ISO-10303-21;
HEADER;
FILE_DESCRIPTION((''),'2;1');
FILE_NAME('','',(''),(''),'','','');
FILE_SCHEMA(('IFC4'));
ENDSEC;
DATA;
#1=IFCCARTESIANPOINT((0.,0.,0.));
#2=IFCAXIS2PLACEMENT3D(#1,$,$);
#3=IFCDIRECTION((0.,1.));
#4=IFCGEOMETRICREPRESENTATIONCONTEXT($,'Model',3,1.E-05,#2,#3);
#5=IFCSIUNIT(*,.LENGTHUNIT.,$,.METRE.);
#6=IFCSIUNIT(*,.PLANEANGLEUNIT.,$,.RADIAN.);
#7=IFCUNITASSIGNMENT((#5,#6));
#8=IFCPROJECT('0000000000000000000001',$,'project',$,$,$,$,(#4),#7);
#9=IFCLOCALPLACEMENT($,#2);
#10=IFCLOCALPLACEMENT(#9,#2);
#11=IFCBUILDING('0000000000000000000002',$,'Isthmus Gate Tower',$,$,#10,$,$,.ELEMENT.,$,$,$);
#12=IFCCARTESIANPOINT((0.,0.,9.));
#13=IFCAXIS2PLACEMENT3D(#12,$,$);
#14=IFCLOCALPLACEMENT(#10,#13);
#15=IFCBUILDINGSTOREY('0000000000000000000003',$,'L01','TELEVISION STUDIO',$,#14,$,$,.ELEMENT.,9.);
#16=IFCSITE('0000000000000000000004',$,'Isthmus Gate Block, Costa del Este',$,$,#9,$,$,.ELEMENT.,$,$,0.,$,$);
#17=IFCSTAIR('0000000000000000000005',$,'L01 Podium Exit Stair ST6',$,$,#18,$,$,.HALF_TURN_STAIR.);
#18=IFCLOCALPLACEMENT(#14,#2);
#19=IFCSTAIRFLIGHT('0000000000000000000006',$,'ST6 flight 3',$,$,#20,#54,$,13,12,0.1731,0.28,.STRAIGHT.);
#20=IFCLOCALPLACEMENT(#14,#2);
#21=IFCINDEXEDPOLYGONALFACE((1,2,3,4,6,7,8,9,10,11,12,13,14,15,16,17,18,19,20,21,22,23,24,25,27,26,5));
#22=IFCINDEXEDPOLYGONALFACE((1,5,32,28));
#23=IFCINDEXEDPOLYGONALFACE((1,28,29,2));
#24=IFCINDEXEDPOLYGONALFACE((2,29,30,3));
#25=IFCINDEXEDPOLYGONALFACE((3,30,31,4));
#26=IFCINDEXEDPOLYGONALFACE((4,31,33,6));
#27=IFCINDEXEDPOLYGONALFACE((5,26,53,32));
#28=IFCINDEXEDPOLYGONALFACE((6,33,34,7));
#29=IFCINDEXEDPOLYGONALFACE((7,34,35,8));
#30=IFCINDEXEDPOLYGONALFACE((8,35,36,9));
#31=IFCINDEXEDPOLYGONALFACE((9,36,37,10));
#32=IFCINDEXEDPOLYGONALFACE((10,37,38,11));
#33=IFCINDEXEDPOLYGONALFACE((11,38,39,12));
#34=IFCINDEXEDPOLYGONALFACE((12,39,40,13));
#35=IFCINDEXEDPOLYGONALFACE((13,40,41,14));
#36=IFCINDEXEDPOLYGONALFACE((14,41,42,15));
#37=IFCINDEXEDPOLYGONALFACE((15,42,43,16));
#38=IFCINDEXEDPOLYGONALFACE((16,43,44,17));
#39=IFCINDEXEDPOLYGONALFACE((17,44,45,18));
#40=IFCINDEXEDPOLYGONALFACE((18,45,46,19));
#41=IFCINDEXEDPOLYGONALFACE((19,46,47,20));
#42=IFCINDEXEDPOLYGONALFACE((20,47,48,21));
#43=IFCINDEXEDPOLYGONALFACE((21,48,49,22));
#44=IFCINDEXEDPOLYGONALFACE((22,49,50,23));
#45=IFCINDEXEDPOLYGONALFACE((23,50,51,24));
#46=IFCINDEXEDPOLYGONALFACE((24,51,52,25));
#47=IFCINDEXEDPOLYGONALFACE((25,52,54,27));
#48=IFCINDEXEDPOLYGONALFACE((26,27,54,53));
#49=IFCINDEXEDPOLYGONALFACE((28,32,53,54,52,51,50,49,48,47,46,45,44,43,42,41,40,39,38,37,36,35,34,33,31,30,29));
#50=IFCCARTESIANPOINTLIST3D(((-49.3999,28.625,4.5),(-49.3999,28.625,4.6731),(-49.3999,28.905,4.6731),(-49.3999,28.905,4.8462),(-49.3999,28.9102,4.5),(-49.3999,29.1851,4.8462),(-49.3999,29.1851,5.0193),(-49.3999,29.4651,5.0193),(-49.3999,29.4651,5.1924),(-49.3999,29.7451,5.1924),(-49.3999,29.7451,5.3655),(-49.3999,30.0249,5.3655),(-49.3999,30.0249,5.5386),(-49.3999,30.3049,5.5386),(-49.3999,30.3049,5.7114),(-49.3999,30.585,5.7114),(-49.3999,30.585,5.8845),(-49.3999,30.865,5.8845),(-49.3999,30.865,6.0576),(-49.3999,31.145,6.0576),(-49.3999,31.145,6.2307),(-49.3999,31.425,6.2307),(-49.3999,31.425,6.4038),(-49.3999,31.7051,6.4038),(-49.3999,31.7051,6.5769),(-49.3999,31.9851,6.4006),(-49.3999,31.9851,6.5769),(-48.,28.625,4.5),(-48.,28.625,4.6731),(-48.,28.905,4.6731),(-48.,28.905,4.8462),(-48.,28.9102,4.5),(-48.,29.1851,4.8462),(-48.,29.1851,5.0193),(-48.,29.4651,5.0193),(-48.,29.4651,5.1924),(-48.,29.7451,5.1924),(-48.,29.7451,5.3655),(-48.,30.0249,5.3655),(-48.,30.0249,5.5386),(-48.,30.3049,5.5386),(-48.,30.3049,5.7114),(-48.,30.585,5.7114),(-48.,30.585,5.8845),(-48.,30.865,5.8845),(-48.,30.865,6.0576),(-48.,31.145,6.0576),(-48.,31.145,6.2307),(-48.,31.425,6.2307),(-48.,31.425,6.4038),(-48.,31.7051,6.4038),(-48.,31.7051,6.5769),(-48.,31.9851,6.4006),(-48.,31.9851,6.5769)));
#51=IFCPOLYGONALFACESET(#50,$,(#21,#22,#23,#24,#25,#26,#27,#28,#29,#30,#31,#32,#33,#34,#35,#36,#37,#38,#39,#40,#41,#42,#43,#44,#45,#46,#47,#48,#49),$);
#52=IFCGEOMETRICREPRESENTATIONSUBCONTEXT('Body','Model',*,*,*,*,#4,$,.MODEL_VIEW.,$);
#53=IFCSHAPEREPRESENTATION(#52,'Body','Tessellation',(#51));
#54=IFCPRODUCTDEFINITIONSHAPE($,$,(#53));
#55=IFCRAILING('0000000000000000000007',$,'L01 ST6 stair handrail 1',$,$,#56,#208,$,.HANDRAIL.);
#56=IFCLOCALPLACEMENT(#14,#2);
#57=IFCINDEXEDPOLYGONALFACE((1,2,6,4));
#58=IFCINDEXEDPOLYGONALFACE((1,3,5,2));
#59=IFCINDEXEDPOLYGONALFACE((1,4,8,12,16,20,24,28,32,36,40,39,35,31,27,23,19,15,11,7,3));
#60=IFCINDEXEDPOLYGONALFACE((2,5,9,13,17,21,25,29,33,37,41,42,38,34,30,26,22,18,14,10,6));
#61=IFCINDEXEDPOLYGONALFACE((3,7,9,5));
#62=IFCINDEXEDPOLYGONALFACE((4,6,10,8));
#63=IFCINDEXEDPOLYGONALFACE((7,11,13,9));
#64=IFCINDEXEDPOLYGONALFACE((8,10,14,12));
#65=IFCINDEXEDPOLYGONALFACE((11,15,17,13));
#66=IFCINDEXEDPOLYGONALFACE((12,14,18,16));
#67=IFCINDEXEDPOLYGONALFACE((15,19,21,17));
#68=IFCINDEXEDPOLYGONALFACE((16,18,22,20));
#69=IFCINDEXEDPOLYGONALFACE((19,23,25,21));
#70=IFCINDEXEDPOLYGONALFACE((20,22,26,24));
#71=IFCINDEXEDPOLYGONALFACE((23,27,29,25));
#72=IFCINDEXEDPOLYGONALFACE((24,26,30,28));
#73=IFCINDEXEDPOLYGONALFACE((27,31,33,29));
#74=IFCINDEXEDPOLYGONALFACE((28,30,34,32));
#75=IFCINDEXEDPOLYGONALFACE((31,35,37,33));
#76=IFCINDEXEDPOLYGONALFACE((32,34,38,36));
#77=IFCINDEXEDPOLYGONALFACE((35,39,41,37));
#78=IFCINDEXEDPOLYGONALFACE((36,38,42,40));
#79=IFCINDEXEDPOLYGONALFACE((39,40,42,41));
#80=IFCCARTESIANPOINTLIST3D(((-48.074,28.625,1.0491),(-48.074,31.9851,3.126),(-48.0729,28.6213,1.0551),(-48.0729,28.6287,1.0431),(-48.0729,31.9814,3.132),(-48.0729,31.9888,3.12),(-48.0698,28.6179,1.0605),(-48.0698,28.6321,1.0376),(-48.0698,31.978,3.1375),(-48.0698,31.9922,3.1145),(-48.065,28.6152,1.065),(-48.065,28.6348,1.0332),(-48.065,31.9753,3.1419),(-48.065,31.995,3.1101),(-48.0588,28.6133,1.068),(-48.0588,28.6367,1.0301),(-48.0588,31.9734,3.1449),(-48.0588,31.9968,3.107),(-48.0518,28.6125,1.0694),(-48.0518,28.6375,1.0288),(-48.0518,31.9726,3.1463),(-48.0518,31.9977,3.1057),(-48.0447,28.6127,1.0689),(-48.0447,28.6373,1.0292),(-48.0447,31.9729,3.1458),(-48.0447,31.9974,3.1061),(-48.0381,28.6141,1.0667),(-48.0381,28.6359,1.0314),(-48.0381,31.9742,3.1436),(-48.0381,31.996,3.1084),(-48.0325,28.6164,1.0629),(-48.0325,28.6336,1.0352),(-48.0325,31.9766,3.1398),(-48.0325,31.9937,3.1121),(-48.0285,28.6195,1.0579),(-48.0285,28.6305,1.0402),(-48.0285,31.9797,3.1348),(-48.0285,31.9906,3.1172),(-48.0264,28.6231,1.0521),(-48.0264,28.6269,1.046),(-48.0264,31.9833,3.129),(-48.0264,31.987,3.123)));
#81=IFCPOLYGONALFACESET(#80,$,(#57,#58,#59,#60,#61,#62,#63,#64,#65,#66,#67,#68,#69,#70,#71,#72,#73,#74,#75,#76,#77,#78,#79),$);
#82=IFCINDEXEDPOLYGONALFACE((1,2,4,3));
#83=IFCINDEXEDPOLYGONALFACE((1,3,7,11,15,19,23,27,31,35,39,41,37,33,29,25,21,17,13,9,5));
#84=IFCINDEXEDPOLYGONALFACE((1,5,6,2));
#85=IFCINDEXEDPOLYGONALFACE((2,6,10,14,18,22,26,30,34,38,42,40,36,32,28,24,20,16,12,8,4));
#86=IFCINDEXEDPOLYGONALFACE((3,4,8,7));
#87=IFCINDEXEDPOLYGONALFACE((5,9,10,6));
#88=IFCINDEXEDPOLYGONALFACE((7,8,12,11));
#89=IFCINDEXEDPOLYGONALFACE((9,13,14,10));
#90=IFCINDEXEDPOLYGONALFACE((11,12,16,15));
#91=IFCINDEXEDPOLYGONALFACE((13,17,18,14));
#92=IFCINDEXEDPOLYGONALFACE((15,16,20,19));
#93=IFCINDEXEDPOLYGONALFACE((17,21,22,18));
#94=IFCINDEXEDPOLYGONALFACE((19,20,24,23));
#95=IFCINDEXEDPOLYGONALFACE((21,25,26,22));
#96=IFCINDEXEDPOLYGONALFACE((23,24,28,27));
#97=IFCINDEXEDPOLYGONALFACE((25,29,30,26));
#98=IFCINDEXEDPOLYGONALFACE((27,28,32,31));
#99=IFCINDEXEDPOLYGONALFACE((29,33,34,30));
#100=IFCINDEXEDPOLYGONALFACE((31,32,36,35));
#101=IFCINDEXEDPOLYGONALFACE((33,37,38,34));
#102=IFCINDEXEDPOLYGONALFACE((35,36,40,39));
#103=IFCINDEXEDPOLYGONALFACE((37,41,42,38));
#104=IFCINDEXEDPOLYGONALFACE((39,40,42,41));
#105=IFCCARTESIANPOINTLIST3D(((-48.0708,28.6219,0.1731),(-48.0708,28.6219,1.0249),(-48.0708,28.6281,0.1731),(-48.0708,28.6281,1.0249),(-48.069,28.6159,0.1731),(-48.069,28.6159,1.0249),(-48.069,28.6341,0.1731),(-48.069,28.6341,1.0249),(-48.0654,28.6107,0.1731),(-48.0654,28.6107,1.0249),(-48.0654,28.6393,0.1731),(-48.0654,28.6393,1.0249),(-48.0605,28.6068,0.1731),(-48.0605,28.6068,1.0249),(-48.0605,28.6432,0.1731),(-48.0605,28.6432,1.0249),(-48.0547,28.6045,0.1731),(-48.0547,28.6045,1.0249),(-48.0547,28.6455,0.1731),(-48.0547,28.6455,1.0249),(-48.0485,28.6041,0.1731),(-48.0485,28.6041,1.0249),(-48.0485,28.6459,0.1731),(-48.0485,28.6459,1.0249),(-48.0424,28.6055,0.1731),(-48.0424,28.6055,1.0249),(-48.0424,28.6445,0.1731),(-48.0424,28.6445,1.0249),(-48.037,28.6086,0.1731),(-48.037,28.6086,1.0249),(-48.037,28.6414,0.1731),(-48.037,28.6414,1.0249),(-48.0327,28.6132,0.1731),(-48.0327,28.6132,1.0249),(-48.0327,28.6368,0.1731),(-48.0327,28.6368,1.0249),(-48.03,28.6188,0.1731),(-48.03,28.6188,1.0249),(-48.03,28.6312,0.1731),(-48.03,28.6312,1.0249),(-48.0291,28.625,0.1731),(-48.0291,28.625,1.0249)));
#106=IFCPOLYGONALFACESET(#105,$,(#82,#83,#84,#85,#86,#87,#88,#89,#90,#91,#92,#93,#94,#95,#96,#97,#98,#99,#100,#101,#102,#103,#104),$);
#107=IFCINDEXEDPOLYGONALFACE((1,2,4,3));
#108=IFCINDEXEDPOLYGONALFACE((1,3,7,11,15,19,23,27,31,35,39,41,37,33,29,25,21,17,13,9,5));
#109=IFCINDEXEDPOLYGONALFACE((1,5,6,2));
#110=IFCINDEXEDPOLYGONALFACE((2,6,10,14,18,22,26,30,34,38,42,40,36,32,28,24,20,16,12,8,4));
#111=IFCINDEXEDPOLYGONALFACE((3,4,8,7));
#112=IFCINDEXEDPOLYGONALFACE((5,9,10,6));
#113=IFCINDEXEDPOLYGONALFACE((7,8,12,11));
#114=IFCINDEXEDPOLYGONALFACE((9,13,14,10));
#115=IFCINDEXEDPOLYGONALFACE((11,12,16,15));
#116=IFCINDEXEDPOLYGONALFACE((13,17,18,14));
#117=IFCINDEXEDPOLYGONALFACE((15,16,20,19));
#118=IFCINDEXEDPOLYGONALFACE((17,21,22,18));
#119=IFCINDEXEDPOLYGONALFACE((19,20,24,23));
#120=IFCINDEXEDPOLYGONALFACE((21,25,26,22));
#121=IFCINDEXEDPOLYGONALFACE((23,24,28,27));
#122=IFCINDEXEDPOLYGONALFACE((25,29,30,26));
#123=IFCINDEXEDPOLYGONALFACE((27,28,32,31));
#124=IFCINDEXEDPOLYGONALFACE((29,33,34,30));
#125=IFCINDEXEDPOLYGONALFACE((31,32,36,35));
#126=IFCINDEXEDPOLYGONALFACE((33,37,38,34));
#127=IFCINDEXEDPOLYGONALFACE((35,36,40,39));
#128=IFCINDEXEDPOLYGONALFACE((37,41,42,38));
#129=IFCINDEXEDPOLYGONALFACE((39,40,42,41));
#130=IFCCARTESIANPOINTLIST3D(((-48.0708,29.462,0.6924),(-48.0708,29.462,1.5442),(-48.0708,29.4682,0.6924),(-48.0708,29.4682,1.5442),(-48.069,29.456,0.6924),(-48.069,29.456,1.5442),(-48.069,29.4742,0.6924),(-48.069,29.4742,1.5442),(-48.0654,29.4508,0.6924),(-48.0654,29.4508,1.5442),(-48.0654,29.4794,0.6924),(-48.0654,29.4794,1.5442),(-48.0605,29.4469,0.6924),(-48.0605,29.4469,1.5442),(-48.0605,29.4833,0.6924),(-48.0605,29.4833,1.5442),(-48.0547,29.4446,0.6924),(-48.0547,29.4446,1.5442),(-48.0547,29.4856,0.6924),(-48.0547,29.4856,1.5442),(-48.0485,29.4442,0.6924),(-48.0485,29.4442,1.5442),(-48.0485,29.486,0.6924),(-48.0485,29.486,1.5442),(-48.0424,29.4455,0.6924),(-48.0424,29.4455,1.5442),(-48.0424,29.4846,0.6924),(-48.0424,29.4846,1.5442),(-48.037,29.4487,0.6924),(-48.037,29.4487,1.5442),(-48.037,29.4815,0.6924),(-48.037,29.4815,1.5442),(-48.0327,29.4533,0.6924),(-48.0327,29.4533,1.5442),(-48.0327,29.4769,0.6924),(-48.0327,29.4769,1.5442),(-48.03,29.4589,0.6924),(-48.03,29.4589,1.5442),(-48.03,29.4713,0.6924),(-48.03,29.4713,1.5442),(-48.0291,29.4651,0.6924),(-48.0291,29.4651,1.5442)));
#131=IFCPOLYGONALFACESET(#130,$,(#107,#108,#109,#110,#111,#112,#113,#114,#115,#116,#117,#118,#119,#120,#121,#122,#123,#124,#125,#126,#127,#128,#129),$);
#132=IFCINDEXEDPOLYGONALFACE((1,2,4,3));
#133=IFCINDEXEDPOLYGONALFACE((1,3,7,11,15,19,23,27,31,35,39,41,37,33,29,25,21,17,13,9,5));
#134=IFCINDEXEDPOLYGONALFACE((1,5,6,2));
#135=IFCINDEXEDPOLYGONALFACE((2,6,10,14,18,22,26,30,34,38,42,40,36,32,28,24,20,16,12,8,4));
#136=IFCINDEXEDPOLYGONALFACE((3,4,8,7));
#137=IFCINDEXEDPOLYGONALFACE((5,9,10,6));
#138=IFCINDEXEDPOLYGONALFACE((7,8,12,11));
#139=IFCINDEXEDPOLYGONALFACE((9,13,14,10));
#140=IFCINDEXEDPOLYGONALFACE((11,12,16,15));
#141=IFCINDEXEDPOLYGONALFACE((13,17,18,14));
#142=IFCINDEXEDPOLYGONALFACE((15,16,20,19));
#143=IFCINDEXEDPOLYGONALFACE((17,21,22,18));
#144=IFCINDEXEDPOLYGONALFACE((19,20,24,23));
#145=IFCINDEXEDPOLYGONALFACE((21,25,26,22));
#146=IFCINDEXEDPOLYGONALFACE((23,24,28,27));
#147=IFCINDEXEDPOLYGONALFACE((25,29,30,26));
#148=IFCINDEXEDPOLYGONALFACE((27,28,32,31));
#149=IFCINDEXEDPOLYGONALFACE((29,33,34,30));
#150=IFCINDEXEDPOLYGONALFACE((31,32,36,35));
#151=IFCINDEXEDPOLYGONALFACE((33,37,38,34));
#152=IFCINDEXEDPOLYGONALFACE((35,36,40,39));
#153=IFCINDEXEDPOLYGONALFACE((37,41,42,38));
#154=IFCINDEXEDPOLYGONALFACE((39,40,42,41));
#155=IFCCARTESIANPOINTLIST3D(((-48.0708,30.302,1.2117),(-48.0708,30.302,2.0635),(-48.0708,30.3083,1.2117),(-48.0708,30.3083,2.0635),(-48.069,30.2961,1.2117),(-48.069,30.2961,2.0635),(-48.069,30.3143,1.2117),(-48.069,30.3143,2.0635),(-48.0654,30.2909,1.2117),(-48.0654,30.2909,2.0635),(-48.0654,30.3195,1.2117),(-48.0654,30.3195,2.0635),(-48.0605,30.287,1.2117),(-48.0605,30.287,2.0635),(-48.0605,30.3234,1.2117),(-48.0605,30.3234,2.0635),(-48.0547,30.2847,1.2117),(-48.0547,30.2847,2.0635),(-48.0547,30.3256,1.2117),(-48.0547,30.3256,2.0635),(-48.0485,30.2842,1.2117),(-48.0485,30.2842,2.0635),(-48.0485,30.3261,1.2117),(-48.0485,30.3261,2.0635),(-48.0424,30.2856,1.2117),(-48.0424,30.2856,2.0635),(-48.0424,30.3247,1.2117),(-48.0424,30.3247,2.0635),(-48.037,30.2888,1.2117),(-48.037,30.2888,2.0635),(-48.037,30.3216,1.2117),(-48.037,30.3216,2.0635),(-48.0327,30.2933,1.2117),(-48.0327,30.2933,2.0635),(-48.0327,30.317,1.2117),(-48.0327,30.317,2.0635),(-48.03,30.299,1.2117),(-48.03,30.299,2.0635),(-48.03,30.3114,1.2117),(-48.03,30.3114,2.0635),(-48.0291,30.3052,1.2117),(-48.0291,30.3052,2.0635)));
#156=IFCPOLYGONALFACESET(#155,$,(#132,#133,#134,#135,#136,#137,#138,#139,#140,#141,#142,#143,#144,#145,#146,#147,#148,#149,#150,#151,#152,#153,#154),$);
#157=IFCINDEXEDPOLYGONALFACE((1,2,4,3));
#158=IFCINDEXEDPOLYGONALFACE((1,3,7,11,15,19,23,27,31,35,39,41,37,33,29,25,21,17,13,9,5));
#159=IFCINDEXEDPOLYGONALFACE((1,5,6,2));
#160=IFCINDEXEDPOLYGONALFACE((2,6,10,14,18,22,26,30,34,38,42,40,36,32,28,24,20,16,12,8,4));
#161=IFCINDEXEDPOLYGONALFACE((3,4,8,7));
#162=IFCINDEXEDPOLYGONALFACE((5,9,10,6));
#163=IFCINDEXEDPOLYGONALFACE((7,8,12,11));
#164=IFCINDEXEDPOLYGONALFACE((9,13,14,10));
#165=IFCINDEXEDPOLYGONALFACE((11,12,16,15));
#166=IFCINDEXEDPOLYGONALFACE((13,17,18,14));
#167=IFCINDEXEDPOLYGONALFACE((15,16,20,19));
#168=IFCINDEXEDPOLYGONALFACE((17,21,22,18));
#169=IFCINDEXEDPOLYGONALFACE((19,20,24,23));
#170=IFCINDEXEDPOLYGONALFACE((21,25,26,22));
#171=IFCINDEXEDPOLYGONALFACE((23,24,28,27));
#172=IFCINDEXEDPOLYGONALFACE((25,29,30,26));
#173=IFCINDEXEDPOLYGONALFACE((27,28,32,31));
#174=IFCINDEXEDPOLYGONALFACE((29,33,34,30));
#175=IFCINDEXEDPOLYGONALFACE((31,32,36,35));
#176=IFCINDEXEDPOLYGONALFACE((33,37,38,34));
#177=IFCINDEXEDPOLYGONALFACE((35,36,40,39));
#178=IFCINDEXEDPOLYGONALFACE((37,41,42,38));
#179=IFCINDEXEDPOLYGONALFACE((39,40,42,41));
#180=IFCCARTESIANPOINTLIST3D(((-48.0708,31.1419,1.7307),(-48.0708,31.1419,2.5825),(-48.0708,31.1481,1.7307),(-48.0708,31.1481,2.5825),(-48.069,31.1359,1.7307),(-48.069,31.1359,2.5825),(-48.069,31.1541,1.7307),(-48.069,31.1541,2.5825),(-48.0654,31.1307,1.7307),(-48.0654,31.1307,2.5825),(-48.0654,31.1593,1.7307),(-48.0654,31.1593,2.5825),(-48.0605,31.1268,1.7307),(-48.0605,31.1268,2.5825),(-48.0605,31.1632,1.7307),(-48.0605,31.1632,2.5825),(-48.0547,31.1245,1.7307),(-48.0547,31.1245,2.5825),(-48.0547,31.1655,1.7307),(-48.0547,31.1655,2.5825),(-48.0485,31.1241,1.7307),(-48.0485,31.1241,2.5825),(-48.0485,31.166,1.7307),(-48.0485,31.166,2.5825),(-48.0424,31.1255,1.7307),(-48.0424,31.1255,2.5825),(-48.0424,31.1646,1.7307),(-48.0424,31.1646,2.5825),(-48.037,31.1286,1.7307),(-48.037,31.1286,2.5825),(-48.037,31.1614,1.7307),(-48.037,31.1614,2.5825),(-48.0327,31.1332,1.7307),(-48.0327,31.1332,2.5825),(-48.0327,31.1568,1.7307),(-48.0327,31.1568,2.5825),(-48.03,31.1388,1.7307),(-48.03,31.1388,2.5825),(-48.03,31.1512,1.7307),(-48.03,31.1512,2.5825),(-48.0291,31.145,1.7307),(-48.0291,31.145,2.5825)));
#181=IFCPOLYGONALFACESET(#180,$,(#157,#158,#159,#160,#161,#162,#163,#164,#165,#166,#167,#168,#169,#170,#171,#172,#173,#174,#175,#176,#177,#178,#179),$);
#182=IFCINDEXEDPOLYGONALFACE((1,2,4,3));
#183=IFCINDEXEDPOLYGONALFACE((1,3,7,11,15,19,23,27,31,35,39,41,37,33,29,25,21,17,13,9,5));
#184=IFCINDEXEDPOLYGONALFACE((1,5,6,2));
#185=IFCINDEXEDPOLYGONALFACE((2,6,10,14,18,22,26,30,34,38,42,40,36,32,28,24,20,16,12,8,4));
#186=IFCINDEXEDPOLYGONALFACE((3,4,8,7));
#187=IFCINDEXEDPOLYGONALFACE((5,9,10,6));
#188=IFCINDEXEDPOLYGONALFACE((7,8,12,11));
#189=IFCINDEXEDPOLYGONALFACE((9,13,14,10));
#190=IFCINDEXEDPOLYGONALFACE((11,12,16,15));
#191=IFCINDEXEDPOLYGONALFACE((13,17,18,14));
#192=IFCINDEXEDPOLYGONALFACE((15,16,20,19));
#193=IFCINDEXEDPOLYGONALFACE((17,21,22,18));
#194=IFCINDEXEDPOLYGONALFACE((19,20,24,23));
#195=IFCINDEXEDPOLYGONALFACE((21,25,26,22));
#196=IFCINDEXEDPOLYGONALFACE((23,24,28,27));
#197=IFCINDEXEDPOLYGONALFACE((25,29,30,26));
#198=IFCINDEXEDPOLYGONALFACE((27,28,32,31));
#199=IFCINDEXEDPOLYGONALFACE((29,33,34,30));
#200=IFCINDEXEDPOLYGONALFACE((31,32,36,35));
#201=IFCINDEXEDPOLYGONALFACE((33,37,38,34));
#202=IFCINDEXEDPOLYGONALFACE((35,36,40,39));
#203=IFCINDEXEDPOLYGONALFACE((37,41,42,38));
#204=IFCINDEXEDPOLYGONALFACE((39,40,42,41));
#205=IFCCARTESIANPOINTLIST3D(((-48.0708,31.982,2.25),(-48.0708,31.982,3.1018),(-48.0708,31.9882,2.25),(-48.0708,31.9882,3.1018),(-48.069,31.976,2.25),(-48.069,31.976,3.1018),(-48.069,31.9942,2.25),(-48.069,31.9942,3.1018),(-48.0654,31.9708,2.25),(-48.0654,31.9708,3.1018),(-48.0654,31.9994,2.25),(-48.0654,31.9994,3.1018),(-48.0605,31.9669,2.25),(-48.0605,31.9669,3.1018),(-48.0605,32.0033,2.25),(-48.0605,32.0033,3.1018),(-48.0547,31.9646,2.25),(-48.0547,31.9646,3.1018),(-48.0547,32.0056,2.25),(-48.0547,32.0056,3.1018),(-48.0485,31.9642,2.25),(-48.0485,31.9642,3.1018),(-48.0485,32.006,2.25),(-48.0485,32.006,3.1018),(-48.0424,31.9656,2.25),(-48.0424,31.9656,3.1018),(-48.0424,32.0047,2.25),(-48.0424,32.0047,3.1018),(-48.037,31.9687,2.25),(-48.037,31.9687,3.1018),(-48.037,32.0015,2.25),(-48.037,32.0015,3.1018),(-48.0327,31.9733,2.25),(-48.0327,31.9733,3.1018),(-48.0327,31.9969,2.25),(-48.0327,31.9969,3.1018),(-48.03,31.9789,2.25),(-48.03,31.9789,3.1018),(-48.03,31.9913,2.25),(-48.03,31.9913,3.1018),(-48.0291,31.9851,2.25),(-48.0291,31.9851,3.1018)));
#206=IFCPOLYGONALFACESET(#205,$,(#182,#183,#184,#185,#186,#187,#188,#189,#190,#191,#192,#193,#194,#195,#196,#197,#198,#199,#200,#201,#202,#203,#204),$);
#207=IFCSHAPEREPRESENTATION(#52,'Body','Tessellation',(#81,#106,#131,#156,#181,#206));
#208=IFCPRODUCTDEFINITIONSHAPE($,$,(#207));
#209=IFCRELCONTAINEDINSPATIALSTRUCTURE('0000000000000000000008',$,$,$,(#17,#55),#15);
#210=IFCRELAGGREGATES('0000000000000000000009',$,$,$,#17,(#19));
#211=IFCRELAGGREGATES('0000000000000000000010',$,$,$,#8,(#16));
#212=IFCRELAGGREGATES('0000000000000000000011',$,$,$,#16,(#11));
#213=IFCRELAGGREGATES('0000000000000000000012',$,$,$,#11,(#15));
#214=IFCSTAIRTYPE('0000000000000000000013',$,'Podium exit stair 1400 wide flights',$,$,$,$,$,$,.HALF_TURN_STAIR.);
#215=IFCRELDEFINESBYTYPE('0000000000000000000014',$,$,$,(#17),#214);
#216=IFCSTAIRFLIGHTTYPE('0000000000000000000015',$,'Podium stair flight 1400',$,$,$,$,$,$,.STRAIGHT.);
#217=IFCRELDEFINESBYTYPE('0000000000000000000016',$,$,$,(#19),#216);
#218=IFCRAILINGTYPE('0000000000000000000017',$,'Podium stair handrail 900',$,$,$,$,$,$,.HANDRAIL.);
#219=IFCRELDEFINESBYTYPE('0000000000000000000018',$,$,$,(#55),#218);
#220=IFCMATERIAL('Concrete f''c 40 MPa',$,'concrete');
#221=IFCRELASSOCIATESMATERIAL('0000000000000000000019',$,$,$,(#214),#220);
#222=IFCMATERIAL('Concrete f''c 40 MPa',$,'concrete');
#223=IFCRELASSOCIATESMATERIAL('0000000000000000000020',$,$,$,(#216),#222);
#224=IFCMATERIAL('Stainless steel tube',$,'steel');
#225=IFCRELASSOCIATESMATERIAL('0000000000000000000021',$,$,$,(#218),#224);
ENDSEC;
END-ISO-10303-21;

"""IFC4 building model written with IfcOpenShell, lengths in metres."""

from ifc_helpers import new_model, si_unit, direction, frame, origin, origin_2d, place, context, subcontext, project, spatial, polyline, circle, outline, extrude, material, type_object, element, aggregate, save


model = new_model("IFC4")

# Units and contexts
model_context = context("Model", 3, precision=1e-05, world=origin(), true_north=direction((0.0, 1.0)))
body_context = subcontext(model_context, "Body", "Model", "MODEL_VIEW")
ifc_project = project(units=[si_unit("LENGTHUNIT", "METRE"), si_unit("PLANEANGLEUNIT", "RADIAN")], contexts=[model_context])

# Site, building, storey
site_placement = place(None, origin())
site = spatial("IfcSite", under=ifc_project, at=site_placement, Name="Isthmus Gate Block, Costa del Este", CompositionType="ELEMENT", RefElevation=0.0)
building_placement = place(site_placement, origin())
building = spatial("IfcBuilding", under=site, at=building_placement, Name="Isthmus Gate Tower", CompositionType="ELEMENT")
storey_placement = place(building_placement, frame((0.0, 0.0, 9.0)))
storey = spatial("IfcBuildingStorey", under=building, at=storey_placement, Name="L01", Description="TELEVISION STUDIO", CompositionType="ELEMENT", Elevation=9.0)

# Stair, stair flight
ifc_material_1 = material(Name="Concrete f'c 40 MPa", Category="concrete")
stair_type = type_object("IfcStairType", Name="Podium exit stair 1400 wide flights", PredefinedType="HALF_TURN_STAIR", material=ifc_material_1)
stair_placement = place(storey_placement, origin())
stair = element("IfcStair", 1, at=stair_placement, inside=storey, type_object=stair_type, Name="L01 Podium Exit Stair ST6", PredefinedType="HALF_TURN_STAIR")
ifc_material_2 = material(Name="Concrete f'c 40 MPa", Category="concrete")
stair_flight_type = type_object("IfcStairFlightType", Name="Podium stair flight 1400", PredefinedType="STRAIGHT", material=ifc_material_2)
stair_flight_1_placement = place(storey_placement, frame((-48.7, 28.625, 4.5), z_axis=(0.0, 0.0, 1.0), x_axis=(0.0, 1.0, 0.0)))
stair_flight_1 = element("IfcStairFlight", 2, at=stair_flight_1_placement, type_object=stair_flight_type, Name="ST6 flight 3", NumberOfRisers=13, NumberOfTreads=12, PredefinedType="STRAIGHT", RiserHeight=0.1731, TreadLength=0.28, context=body_context, shape_type="SweptSolid", body=[
    extrude(outline(polyline([(0.0, 0.0), (0.0, 0.1731), (0.28, 0.1731), (0.28, 0.3462), (0.5601, 0.3462), (0.5601, 0.5193), (0.8401, 0.5193), (0.8401, 0.6924), (1.1201, 0.6924), (1.1201, 0.8655), (1.3999, 0.8655), (1.3999, 1.0386), (1.6799, 1.0386), (1.6799, 1.2114), (1.96, 1.2114), (1.96, 1.3845), (2.24, 1.3845), (2.24, 1.5576), (2.52, 1.5576), (2.52, 1.7307), (2.8, 1.7307), (2.8, 1.9038), (3.0801, 1.9038), (3.0801, 2.0769), (3.3601, 2.0769), (3.3601, 2.25), (3.3601, 1.9006), (0.2852, 0.0), (0.0, 0.0)])), frame((0.0, 0.7, 0.0), z_axis=(0.0, -1.0, 0.0), x_axis=(1.0, 0.0, 0.0)), (0.0, 0.0, 1.0), 1.3999),
])
aggregate(stair, [stair_flight_1])

# Railing
ifc_material_3 = material(Name="Stainless steel tube", Category="steel")
railing_type = type_object("IfcRailingType", Name="Podium stair handrail 900", PredefinedType="HANDRAIL", material=ifc_material_3)
for number, where, name in (
    (3, (-48.05, 28.625, 0.1731), "L01 ST6 stair handrail 1"),
):
    element("IfcRailing", number, at=place(storey_placement, frame(where)), inside=storey, type_object=railing_type, Name=name, PredefinedType="HANDRAIL", context=body_context, shape_type="SweptSolid", body=[
        extrude(circle(Radius=0.0239, at=origin_2d()), frame((0.0, 0.0, 0.876), z_axis=(0.0, 0.850623, 0.525776), x_axis=(-1.0, 0.0, 0.0)), (0.0, 0.0, 1.0), 3.9502),
        extrude(circle(Radius=0.021, at=origin_2d()), origin(), (0.0, 0.0, 1.0), 0.8518),
        extrude(circle(Radius=0.021, at=origin_2d()), frame((0.0, 0.8401, 0.5193)), (0.0, 0.0, 1.0), 0.8518),
        extrude(circle(Radius=0.021, at=origin_2d()), frame((0.0, 1.6802, 1.0386)), (0.0, 0.0, 1.0), 0.8518),
        extrude(circle(Radius=0.021, at=origin_2d()), frame((0.0, 2.52, 1.5576)), (0.0, 0.0, 1.0), 0.8518),
        extrude(circle(Radius=0.021, at=origin_2d()), frame((0.0, 3.3601, 2.0769)), (0.0, 0.0, 1.0), 0.8518),
    ])

save(model, "model.ifc")
